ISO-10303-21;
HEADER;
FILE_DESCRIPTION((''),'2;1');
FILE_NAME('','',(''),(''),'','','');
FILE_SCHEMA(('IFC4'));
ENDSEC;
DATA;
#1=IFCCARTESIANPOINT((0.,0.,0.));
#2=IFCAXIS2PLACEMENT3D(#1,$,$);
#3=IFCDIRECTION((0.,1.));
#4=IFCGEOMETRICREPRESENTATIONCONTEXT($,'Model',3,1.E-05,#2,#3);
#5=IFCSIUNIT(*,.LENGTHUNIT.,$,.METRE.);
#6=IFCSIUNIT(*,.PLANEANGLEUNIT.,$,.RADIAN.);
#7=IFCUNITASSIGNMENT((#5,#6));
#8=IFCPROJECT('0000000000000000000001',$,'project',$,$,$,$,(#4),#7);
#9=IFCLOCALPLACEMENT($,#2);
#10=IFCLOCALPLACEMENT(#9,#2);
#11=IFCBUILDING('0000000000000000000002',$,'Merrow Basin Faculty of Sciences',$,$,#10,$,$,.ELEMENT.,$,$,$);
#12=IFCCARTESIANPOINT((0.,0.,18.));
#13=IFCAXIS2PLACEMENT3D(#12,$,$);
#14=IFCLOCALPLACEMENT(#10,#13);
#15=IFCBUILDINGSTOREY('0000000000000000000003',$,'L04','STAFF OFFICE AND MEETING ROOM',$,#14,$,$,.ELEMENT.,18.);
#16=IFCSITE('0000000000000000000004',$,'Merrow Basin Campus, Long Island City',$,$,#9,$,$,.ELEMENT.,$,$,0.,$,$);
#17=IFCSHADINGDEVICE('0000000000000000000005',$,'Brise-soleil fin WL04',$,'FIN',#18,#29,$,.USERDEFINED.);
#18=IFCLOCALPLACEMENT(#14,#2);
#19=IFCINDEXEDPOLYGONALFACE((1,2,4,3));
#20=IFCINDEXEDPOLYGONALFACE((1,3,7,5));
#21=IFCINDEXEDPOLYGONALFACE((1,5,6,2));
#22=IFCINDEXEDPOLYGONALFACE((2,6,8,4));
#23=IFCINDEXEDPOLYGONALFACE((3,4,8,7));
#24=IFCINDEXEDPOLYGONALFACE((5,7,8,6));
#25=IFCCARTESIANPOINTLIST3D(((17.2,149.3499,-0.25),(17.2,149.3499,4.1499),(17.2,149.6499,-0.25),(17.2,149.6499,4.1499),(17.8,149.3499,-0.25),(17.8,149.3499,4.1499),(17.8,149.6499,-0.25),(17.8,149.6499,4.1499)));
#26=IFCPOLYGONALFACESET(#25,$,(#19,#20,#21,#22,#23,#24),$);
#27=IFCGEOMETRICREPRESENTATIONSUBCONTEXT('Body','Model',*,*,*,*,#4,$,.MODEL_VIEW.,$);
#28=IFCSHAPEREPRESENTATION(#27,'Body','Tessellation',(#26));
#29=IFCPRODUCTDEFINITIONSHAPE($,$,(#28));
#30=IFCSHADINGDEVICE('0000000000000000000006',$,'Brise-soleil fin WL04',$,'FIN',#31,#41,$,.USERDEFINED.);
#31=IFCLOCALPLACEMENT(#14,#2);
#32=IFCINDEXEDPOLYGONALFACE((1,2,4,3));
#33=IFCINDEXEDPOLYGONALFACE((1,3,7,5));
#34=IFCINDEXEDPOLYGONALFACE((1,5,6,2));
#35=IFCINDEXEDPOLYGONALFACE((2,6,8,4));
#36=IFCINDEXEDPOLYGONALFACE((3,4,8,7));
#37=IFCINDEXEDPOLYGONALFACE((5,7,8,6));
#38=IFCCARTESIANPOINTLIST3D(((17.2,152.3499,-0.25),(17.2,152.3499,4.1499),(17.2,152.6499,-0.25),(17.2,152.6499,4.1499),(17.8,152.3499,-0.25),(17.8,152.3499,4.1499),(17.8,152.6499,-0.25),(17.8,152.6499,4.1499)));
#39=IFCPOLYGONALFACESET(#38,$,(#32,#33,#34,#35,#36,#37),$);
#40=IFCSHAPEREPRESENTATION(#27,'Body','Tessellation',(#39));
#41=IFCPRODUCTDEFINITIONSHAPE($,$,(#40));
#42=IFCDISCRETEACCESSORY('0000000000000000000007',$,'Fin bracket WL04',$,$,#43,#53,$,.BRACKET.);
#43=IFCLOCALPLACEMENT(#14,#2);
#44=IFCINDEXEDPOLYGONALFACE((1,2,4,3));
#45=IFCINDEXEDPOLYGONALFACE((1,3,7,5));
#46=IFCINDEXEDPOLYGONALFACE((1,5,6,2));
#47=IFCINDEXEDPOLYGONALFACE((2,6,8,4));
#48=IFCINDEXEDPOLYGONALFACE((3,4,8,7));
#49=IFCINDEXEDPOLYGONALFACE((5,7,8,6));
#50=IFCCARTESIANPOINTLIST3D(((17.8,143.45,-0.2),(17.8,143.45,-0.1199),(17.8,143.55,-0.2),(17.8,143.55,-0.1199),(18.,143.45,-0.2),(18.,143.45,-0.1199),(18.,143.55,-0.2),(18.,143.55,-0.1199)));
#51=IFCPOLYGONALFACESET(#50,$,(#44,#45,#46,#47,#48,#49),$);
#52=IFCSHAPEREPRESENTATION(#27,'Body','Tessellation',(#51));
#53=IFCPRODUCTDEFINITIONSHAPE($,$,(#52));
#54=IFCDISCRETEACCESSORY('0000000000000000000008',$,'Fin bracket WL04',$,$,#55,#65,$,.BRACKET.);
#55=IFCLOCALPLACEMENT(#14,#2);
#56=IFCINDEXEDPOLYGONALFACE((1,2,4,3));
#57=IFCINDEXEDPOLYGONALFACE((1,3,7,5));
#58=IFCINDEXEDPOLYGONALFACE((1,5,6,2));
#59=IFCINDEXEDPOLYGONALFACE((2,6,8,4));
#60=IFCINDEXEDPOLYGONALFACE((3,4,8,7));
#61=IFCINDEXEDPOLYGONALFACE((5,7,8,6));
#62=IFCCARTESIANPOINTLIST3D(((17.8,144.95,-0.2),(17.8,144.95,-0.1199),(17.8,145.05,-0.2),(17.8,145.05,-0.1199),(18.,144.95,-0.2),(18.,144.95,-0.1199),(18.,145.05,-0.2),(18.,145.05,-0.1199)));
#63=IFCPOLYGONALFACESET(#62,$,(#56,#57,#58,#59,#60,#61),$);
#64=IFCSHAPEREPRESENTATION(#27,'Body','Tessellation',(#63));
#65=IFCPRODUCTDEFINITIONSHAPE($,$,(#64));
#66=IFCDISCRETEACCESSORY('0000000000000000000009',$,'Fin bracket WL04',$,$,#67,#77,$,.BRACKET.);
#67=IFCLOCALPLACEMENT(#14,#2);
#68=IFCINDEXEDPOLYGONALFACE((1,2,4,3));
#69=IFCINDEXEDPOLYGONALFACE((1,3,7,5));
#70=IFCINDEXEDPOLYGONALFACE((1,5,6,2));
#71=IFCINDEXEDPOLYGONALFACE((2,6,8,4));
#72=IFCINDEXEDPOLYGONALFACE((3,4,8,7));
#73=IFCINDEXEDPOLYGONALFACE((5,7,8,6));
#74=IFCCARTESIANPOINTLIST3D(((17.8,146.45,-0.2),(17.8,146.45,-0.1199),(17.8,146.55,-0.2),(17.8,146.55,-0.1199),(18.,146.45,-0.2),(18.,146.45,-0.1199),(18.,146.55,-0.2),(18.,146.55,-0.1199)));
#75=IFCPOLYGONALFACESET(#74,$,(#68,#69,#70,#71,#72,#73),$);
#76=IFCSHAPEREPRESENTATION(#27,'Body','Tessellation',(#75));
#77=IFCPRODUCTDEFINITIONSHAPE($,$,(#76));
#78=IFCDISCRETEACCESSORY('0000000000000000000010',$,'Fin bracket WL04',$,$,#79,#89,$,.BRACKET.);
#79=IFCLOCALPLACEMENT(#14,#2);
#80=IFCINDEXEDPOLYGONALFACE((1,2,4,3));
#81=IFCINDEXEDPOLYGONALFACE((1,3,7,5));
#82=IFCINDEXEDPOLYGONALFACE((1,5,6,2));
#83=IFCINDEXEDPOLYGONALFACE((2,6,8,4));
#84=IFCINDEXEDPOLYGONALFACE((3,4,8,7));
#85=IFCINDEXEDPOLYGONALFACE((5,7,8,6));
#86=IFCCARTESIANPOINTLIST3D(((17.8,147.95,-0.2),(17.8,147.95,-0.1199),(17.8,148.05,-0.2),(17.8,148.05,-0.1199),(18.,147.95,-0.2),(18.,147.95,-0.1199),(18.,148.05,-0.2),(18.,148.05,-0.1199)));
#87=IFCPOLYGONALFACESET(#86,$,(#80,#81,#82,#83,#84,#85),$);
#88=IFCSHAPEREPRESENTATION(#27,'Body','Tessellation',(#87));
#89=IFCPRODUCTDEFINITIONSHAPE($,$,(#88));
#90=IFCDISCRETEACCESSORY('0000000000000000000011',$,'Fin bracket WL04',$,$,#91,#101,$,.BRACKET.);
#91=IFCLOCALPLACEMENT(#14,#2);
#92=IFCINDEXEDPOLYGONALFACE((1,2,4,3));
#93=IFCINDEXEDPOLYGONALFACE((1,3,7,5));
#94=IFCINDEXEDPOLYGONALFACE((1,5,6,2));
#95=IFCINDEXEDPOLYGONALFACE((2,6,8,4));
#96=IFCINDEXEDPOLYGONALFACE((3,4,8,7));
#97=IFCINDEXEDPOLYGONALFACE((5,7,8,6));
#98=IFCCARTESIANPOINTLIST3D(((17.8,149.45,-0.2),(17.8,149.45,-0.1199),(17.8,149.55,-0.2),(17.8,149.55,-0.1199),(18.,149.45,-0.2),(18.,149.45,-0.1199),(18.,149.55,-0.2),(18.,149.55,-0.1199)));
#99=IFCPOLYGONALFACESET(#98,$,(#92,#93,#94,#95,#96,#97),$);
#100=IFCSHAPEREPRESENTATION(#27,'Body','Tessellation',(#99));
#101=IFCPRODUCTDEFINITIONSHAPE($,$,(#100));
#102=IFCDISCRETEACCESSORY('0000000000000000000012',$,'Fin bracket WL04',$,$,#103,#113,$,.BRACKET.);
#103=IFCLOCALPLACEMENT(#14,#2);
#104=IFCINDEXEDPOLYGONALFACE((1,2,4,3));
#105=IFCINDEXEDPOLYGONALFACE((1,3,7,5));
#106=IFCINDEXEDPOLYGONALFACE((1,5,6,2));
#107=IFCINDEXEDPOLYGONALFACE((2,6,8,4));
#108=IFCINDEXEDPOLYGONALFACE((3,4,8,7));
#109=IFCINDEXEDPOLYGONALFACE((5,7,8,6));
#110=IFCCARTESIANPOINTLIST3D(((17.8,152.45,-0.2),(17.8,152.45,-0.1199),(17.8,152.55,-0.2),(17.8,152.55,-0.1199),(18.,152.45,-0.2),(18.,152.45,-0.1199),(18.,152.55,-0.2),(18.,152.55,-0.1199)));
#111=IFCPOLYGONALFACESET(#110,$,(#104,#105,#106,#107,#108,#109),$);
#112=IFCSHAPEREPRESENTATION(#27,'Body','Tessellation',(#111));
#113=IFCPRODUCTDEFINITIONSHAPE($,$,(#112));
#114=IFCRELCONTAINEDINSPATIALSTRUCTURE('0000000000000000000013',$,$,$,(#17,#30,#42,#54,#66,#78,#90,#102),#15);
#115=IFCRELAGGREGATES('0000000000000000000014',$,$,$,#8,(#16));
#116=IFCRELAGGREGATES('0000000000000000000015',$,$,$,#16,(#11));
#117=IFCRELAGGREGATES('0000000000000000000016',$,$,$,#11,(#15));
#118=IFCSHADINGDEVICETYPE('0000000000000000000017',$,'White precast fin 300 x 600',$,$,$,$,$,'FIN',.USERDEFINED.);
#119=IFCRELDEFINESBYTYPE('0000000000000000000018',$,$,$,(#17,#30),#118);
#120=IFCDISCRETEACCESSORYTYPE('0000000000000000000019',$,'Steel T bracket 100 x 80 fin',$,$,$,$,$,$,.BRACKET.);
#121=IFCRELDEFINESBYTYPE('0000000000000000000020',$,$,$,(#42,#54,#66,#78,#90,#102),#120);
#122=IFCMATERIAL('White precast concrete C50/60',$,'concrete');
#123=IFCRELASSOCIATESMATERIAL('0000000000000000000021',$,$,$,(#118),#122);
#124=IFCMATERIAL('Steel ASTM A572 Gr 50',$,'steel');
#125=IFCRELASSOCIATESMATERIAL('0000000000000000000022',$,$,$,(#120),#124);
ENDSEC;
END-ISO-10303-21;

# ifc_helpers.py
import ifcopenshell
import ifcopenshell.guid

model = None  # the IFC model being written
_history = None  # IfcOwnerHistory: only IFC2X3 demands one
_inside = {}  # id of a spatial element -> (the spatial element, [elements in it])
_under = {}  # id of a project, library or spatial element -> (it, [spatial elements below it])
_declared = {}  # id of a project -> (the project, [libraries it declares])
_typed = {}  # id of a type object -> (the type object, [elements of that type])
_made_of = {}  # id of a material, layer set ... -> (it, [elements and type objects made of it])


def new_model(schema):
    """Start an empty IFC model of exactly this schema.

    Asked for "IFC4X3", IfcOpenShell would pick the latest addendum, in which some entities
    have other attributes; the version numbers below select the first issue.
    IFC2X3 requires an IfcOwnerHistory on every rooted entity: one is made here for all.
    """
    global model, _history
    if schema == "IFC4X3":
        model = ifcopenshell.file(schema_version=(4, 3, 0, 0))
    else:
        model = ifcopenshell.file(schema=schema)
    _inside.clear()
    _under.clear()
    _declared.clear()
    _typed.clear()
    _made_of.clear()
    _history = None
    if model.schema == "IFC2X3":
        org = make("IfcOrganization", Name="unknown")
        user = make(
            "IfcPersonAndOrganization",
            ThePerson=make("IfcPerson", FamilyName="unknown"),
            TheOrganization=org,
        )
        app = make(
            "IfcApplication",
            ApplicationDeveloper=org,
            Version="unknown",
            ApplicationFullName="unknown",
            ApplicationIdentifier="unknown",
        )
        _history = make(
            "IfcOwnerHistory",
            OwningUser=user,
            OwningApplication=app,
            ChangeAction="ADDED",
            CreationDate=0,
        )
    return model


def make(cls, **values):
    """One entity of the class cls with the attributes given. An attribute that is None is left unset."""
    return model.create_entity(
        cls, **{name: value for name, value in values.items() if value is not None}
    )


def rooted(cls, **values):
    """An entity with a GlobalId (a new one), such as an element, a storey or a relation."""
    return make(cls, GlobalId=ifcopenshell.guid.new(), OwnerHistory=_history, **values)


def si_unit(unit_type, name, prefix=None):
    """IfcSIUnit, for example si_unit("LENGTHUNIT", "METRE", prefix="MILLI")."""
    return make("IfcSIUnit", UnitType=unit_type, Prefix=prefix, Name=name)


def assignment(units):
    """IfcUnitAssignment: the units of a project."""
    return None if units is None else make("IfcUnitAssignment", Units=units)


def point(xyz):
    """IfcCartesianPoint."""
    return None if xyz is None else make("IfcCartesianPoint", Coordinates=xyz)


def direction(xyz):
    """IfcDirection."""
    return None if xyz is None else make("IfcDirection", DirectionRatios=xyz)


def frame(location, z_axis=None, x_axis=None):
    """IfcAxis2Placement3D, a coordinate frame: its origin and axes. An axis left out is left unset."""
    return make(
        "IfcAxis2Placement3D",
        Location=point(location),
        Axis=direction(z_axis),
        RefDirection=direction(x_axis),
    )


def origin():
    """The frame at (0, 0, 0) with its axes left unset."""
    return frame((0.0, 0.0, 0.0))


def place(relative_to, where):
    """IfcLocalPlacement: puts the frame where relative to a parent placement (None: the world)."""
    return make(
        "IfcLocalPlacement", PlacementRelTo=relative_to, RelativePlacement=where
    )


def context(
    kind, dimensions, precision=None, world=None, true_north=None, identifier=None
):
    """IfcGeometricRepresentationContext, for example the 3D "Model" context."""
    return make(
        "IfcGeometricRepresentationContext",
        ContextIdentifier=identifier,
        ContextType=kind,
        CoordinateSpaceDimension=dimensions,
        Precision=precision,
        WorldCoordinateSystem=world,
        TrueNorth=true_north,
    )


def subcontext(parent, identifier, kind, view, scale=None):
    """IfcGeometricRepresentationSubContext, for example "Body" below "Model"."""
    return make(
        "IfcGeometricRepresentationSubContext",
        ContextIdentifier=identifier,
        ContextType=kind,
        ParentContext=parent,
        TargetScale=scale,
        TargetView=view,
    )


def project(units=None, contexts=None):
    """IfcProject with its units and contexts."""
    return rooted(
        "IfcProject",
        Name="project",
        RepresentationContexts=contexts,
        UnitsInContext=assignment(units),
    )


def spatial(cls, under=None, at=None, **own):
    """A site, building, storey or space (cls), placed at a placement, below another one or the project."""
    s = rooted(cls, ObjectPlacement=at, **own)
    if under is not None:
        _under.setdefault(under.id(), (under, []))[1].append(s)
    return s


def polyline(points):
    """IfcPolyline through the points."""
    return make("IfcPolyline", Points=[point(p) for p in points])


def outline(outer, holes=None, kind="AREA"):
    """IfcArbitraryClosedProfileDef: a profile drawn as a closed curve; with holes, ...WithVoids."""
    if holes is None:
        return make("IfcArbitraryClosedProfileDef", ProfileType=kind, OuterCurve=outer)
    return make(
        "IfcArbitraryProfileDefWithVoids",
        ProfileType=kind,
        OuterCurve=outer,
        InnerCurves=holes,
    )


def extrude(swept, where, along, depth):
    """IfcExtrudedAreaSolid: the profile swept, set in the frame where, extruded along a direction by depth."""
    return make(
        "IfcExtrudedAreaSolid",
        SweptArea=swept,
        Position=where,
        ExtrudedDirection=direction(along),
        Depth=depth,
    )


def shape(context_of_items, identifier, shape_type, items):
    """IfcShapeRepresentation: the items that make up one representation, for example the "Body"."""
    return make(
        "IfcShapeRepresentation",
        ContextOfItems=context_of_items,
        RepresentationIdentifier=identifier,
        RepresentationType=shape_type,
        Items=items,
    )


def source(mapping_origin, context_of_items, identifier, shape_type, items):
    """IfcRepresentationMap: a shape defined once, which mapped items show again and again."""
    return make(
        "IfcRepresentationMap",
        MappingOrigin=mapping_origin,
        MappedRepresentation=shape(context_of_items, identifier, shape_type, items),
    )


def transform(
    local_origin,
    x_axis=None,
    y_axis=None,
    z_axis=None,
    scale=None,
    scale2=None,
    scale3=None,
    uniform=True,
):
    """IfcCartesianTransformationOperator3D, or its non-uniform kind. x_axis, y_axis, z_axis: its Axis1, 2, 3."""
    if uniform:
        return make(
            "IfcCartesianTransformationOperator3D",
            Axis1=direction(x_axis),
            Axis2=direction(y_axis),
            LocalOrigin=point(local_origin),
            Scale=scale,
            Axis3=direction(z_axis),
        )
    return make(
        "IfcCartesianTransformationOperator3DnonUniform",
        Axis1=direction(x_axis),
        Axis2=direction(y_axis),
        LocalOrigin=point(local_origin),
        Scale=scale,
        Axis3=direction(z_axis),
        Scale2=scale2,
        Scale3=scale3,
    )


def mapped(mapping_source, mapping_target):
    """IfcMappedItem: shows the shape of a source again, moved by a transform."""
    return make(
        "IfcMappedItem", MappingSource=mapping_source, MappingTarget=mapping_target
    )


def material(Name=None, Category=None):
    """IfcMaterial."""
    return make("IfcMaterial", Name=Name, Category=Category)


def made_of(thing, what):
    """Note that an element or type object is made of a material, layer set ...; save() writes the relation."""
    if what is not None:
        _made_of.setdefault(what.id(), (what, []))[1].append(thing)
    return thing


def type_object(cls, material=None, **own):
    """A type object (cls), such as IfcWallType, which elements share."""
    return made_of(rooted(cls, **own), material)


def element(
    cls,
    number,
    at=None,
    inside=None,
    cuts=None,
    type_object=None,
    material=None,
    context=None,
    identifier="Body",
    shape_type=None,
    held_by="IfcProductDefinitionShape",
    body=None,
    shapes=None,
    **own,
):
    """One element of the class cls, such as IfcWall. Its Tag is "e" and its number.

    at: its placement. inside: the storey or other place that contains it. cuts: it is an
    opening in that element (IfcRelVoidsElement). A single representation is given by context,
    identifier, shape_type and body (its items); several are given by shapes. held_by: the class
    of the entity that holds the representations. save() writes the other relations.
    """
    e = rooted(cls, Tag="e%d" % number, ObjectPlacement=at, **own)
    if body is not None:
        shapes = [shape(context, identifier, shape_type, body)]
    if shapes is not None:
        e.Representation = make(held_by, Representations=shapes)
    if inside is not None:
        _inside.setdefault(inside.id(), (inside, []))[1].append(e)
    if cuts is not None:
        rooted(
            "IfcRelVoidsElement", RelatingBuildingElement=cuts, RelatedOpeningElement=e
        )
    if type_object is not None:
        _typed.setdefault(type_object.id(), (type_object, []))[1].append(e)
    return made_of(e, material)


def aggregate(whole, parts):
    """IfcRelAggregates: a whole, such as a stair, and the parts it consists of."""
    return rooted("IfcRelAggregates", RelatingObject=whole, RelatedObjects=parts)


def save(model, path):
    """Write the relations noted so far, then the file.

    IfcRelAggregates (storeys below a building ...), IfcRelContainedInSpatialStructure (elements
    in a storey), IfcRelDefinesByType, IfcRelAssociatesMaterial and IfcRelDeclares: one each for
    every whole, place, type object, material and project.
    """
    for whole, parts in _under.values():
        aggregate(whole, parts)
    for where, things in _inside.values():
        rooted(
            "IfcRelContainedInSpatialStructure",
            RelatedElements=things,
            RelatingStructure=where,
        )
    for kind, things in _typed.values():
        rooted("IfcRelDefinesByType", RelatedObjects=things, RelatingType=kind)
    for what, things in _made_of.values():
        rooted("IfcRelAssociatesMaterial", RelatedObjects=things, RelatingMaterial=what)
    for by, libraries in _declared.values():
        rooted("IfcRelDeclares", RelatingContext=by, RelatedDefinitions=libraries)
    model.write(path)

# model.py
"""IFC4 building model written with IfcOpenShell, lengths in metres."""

from ifc_helpers import new_model, si_unit, direction, frame, origin, place, context, subcontext, project, spatial, polyline, outline, extrude, source, transform, mapped, material, type_object, element, save


model = new_model("IFC4")

# Units and contexts
model_context = context("Model", 3, precision=1e-05, world=origin(), true_north=direction((0.0, 1.0)))
body_context = subcontext(model_context, "Body", "Model", "MODEL_VIEW")
ifc_project = project(units=[si_unit("LENGTHUNIT", "METRE"), si_unit("PLANEANGLEUNIT", "RADIAN")], contexts=[model_context])

# Site, building, storey
site_placement = place(None, origin())
site = spatial("IfcSite", under=ifc_project, at=site_placement, Name="Merrow Basin Campus, Long Island City", CompositionType="ELEMENT", RefElevation=0.0)
building_placement = place(site_placement, origin())
building = spatial("IfcBuilding", under=site, at=building_placement, Name="Merrow Basin Faculty of Sciences", CompositionType="ELEMENT")
storey_placement = place(building_placement, frame((0.0, 0.0, 18.0)))
storey = spatial("IfcBuildingStorey", under=building, at=storey_placement, Name="L04", Description="STAFF OFFICE AND MEETING ROOM", CompositionType="ELEMENT", Elevation=18.0)

# Shading devices
ifc_material_1 = material(Name="White precast concrete C50/60", Category="concrete")
shading_device_type = type_object("IfcShadingDeviceType", Name="White precast fin 300 x 600", ElementType="FIN", PredefinedType="USERDEFINED", material=ifc_material_1)
shared_shape_1 = source(origin(), body_context, "Body", "SweptSolid", [
    extrude(outline(polyline([(0.0, 0.0), (0.3, 0.0), (0.3, 4.3999), (0.0, 4.3999), (0.0, 0.0)])), origin(), (0.0, 0.0, 1.0), 0.6001),
])
for number, where, z_axis, x_axis, name in (
    (1, (17.8, 149.6499, -0.25), (-1.0, 0.0, 0.0), (0.0, -1.0, 0.0), "Brise-soleil fin WL04"),
    (2, (17.8, 152.6499, -0.25), (-1.0, 0.0, 0.0), (0.0, -1.0, 0.0), "Brise-soleil fin WL04"),
):
    element("IfcShadingDevice", number, at=place(storey_placement, frame(where, z_axis=z_axis, x_axis=x_axis)), inside=storey, type_object=shading_device_type, Name=name, ObjectType="FIN", PredefinedType="USERDEFINED", context=body_context, shape_type="MappedRepresentation", body=[
        mapped(shared_shape_1, transform((0.0, 0.0, 0.0), scale=1.0)),
    ])

# Discrete accessories
ifc_material_2 = material(Name="Steel ASTM A572 Gr 50", Category="steel")
discrete_accessory_type = type_object("IfcDiscreteAccessoryType", Name="Steel T bracket 100 x 80 fin", PredefinedType="BRACKET", material=ifc_material_2)
shared_shape_2 = source(origin(), body_context, "Body", "SweptSolid", [
    extrude(outline(polyline([(0.0, 0.0), (0.1001, 0.0), (0.1001, 0.0801), (0.0, 0.0801), (0.0, 0.0)])), origin(), (0.0, 0.0, 1.0), 0.2),
])
for number, where, z_axis, x_axis, name in (
    (3, (18.0, 143.55, -0.2), (-1.0, 0.0, 0.0), (0.0, -1.0, 0.0), "Fin bracket WL04"),
    (4, (18.0, 145.05, -0.2), (-1.0, 0.0, 0.0), (0.0, -1.0, 0.0), "Fin bracket WL04"),
    (5, (18.0, 146.55, -0.2), (-1.0, 0.0, 0.0), (0.0, -1.0, 0.0), "Fin bracket WL04"),
    (6, (18.0, 148.05, -0.2), (-1.0, 0.0, 0.0), (0.0, -1.0, 0.0), "Fin bracket WL04"),
    (7, (18.0, 149.55, -0.2), (-1.0, 0.0, 0.0), (0.0, -1.0, 0.0), "Fin bracket WL04"),
    (8, (18.0, 152.55, -0.2), (-1.0, 0.0, 0.0), (0.0, -1.0, 0.0), "Fin bracket WL04"),
):
    element("IfcDiscreteAccessory", number, at=place(storey_placement, frame(where, z_axis=z_axis, x_axis=x_axis)), inside=storey, type_object=discrete_accessory_type, Name=name, PredefinedType="BRACKET", context=body_context, shape_type="MappedRepresentation", body=[
        mapped(shared_shape_2, transform((0.0, 0.0, 0.0), scale=1.0)),
    ])

save(model, "model.ifc")
